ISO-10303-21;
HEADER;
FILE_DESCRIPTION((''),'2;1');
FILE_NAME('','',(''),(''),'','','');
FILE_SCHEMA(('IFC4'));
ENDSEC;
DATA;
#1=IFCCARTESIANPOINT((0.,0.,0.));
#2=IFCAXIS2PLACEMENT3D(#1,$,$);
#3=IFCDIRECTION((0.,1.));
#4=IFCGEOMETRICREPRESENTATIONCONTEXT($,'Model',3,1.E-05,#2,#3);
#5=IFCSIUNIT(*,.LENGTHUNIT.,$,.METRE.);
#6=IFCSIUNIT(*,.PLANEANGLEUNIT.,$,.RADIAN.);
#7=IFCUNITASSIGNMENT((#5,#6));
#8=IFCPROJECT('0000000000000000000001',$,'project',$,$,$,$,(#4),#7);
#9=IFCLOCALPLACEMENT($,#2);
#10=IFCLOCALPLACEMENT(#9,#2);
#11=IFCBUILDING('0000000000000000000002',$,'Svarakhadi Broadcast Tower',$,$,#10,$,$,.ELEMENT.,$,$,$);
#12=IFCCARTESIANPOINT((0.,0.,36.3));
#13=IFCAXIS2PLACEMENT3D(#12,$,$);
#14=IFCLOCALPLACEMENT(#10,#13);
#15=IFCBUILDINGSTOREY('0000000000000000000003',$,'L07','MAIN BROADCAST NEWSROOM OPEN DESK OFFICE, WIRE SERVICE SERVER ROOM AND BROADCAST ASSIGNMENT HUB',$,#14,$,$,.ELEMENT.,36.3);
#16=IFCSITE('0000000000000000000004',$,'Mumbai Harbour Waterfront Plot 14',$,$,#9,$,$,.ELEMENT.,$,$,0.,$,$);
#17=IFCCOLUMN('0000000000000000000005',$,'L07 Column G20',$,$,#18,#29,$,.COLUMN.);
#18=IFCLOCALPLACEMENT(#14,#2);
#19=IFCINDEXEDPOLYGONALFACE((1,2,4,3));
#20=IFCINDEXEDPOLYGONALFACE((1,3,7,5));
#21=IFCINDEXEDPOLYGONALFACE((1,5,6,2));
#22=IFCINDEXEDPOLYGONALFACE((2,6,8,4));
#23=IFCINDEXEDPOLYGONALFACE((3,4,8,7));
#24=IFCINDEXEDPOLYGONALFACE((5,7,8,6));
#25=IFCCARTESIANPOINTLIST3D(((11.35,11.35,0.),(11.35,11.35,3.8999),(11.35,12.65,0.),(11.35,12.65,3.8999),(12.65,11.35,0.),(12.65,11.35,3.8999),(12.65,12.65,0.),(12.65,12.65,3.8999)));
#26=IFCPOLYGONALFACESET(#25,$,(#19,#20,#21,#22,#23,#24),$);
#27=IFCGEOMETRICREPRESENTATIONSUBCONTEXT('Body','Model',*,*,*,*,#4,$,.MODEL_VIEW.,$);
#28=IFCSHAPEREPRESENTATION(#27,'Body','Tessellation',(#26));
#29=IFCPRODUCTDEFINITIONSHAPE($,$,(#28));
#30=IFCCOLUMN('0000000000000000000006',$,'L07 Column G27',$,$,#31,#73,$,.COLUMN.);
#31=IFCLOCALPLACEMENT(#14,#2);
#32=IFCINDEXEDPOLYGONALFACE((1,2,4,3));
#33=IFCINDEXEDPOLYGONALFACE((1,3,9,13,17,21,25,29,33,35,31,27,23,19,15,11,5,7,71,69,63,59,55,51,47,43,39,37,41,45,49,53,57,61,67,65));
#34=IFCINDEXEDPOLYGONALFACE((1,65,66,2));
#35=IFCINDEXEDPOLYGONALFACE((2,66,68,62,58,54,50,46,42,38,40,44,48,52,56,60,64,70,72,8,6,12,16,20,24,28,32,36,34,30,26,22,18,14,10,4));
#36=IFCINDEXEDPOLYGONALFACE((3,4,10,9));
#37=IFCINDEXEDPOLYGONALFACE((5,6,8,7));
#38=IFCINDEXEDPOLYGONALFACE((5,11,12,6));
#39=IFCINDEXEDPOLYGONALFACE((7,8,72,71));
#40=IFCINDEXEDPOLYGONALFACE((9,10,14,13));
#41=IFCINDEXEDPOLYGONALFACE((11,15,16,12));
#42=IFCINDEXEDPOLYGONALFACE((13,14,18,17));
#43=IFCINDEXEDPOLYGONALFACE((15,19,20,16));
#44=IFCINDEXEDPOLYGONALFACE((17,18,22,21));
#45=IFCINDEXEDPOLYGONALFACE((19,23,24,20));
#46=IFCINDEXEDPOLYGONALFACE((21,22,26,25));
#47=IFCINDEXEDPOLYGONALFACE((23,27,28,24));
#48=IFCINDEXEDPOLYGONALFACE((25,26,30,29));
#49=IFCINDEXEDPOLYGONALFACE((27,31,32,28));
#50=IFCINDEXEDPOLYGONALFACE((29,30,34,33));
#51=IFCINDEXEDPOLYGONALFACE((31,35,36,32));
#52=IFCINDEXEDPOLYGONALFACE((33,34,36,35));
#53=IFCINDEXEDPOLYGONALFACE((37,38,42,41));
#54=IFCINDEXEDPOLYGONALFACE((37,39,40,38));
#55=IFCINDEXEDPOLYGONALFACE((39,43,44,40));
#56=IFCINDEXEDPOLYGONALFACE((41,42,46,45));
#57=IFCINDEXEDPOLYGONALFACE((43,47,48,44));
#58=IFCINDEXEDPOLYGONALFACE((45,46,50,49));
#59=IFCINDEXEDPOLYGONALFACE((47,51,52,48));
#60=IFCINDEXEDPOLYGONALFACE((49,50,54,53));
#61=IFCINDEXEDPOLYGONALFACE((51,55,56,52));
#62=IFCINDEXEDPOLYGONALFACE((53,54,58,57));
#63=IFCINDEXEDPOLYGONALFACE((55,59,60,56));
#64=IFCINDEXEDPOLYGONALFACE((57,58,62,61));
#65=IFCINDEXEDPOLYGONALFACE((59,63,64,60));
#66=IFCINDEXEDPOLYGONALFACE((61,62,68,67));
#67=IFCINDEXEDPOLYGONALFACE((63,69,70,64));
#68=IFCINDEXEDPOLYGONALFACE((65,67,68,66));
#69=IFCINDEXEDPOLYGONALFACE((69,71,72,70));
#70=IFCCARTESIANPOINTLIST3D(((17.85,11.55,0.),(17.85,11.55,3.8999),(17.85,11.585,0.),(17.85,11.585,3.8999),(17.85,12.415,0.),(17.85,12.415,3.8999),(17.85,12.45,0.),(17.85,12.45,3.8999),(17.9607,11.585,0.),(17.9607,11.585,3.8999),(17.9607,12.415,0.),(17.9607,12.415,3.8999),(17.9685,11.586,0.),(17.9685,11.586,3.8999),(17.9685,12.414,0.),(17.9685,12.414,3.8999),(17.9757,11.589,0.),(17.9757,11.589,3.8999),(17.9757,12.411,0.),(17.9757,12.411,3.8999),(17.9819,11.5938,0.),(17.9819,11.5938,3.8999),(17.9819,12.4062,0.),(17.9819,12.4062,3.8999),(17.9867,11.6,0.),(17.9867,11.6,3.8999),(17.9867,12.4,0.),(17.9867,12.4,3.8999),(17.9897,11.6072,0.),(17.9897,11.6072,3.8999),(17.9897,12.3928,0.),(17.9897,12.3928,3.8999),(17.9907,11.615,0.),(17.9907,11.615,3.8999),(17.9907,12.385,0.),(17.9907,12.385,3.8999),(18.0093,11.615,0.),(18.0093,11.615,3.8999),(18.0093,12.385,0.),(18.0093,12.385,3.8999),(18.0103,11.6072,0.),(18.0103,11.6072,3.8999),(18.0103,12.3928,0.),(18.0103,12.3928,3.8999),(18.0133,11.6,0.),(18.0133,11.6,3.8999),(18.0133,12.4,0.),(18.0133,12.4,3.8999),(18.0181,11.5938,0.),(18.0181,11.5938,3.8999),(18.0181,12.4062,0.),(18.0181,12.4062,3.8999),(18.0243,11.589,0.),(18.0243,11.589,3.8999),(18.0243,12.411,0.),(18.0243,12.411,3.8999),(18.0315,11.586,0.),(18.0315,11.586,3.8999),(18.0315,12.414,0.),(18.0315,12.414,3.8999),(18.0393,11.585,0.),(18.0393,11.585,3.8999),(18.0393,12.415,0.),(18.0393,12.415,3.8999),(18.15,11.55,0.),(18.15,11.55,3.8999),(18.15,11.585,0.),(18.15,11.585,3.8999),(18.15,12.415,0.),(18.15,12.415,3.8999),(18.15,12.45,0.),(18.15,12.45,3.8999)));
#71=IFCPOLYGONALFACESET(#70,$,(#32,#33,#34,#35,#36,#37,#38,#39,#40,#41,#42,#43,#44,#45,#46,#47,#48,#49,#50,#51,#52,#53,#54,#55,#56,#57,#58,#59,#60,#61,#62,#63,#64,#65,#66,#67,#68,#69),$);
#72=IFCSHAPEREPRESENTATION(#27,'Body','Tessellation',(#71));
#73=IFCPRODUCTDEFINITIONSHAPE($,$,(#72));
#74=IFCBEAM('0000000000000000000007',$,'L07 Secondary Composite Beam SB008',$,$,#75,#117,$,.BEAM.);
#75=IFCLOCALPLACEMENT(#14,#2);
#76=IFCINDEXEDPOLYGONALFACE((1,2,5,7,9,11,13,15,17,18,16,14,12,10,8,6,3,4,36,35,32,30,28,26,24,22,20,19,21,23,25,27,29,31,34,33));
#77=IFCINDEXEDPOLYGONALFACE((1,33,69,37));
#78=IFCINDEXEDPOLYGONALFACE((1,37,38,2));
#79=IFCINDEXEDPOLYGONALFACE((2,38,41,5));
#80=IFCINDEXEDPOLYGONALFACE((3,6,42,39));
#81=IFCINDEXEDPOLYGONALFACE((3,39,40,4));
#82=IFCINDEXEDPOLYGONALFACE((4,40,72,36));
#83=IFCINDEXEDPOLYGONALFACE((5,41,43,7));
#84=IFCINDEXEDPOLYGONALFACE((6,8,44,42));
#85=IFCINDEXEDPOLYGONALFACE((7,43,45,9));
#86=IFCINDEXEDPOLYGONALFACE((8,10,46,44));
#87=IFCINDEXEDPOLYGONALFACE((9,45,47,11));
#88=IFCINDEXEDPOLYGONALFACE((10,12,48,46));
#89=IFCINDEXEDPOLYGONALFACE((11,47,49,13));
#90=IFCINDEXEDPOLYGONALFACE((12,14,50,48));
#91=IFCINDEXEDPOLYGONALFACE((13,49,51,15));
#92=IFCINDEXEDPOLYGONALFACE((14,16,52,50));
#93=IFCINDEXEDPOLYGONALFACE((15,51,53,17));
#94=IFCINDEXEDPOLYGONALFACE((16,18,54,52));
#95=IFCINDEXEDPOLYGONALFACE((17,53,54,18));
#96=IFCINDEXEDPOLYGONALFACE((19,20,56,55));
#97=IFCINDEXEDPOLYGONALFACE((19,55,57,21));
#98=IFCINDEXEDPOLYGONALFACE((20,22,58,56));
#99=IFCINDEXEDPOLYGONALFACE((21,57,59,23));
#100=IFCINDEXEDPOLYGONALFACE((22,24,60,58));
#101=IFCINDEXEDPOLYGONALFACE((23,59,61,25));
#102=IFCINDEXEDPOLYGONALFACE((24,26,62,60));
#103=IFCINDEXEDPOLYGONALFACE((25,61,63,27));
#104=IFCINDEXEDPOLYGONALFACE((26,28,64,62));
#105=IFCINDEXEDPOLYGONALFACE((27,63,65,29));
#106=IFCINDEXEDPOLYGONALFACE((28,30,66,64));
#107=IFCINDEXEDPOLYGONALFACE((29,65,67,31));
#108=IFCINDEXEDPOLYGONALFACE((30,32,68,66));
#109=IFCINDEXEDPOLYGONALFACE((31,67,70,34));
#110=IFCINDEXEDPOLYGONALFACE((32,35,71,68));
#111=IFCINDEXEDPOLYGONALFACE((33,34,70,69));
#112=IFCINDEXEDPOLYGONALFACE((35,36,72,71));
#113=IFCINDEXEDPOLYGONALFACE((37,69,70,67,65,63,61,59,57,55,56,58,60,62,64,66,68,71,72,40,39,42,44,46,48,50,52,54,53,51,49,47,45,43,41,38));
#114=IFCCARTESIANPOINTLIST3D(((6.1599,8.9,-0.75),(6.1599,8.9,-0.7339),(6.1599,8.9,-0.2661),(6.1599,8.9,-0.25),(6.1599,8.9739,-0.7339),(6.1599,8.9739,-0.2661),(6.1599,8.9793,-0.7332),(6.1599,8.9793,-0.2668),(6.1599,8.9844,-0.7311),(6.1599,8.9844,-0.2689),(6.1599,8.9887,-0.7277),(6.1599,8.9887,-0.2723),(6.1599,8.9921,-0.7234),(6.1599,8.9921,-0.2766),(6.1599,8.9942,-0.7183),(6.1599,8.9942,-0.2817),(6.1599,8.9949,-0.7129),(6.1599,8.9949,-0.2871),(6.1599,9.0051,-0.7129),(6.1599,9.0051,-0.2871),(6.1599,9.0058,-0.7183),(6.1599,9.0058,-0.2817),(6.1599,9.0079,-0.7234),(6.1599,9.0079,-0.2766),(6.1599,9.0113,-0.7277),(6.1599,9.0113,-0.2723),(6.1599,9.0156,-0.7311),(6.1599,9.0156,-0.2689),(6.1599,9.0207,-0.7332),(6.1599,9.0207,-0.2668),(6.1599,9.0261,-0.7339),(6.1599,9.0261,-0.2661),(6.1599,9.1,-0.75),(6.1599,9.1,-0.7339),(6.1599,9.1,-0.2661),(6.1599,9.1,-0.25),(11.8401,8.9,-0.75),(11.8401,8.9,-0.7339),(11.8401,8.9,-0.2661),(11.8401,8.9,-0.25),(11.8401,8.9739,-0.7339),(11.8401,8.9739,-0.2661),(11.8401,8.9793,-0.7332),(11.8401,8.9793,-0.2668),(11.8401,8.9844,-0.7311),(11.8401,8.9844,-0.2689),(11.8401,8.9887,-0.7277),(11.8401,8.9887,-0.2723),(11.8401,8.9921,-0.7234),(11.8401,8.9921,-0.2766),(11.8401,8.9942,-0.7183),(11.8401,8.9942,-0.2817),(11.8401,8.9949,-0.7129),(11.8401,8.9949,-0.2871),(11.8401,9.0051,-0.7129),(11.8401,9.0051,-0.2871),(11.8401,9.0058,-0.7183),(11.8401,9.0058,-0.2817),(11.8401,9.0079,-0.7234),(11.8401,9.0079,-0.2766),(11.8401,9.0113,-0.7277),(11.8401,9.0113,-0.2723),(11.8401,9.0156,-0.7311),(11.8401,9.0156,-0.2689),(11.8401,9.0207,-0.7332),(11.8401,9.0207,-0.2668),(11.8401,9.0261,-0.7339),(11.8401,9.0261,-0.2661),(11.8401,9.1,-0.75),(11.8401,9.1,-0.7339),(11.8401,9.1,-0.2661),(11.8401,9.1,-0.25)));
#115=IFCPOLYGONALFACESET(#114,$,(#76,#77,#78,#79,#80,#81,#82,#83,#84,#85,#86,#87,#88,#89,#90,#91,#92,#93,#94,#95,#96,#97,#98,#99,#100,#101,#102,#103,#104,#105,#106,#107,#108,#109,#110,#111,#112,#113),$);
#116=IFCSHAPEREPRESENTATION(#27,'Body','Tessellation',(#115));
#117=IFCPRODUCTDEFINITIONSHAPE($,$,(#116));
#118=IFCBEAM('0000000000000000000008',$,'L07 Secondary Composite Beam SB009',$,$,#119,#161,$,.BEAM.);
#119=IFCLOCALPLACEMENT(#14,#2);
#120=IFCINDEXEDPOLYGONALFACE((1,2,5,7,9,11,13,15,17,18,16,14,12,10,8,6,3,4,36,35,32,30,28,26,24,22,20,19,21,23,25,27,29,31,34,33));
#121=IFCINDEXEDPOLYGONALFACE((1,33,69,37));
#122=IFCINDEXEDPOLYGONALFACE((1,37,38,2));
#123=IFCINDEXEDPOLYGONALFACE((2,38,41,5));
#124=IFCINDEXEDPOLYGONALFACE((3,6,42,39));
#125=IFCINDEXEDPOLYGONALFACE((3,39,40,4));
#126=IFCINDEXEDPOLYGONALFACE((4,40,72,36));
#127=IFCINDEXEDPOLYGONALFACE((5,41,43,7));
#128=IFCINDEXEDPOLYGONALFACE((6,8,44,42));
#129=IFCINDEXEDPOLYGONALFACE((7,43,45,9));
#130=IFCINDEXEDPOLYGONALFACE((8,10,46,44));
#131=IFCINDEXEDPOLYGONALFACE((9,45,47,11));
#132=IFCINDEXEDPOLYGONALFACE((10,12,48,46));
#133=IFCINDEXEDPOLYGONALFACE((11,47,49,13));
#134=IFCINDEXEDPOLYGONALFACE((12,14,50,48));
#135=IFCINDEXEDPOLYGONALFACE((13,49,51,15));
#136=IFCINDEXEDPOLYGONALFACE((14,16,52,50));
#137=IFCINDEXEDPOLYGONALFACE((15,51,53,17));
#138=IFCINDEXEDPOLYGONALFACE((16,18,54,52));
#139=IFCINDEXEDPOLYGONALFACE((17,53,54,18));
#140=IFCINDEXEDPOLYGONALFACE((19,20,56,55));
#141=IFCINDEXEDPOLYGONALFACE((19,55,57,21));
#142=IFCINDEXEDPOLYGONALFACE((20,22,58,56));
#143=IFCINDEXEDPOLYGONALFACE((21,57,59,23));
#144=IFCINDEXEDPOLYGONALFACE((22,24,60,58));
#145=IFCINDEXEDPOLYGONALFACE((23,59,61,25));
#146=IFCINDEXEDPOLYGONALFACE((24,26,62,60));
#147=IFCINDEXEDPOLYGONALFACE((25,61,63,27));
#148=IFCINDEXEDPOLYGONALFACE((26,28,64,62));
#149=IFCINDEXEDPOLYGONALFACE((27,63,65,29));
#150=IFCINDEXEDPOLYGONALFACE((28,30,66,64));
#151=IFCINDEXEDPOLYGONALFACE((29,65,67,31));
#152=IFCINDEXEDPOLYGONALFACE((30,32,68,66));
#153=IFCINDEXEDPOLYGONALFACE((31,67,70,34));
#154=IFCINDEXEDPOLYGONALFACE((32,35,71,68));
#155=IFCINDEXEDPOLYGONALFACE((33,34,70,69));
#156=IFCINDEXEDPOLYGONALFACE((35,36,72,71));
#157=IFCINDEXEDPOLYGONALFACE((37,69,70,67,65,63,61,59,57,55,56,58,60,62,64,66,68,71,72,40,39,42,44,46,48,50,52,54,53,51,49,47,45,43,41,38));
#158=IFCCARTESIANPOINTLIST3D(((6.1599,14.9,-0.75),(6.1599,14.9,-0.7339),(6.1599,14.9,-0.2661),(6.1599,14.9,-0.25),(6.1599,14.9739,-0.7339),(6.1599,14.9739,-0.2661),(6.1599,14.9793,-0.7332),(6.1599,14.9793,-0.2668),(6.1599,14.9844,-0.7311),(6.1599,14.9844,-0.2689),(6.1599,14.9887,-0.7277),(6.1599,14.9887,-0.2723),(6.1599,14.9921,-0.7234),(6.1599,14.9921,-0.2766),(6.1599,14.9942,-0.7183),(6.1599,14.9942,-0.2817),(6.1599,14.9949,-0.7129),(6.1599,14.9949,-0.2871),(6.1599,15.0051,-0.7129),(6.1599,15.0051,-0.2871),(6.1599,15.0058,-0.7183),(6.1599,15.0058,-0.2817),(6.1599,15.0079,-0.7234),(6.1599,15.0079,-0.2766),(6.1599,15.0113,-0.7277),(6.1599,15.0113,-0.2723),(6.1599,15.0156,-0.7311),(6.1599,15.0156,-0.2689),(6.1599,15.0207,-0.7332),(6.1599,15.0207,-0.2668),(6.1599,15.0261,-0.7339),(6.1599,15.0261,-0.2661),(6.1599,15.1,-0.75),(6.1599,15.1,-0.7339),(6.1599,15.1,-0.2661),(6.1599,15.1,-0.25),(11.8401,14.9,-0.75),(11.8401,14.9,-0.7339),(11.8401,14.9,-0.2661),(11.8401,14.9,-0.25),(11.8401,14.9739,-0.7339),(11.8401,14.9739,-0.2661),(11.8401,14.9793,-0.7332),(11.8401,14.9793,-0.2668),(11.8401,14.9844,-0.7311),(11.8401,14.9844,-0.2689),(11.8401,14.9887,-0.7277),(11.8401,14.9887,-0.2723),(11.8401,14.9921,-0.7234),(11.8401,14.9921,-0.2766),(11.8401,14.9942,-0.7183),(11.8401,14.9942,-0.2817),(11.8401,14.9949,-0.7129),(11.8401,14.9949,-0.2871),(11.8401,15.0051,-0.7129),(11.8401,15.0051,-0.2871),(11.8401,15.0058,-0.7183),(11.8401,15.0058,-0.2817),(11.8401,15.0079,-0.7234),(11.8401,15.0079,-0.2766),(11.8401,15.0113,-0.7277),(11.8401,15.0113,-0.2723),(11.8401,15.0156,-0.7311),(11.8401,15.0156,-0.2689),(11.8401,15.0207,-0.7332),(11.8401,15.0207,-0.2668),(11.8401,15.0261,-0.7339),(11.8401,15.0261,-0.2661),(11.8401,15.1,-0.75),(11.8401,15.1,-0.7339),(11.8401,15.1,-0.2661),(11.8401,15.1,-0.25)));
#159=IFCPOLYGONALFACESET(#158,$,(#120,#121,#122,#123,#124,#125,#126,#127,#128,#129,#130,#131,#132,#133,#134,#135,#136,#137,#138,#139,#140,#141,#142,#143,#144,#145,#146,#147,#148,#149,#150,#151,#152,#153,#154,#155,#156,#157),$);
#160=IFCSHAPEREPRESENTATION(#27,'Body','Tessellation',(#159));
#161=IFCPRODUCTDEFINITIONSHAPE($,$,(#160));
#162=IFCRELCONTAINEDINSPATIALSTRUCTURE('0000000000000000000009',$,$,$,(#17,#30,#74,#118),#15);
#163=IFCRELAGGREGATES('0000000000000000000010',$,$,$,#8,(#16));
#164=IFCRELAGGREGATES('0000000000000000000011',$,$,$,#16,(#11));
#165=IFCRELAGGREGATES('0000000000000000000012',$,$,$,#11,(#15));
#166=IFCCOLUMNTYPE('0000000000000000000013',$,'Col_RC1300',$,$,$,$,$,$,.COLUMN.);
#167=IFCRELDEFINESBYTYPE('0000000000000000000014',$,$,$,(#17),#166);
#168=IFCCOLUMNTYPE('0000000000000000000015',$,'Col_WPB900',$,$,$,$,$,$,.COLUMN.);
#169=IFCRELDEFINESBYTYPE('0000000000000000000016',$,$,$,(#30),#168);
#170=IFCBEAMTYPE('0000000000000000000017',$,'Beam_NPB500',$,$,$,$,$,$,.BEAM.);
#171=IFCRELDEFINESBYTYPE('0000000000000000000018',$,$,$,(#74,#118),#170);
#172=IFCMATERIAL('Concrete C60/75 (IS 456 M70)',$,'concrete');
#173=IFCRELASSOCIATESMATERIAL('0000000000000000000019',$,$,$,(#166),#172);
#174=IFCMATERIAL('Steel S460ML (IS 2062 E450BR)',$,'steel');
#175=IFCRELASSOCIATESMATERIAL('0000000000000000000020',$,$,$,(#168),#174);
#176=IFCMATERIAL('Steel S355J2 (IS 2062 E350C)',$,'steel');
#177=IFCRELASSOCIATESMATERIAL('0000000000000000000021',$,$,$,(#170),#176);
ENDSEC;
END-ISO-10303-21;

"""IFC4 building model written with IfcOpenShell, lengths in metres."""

from ifc_helpers import new_model, si_unit, direction, frame, origin, origin_2d, place, context, subcontext, project, spatial, rectangle, i_section, extrude, material, material_profile, profile_set, type_object, element, save


model = new_model("IFC4")

# Units and contexts
model_context = context("Model", 3, precision=1e-05, world=origin(), true_north=direction((0.0, 1.0)))
body_context = subcontext(model_context, "Body", "Model", "MODEL_VIEW")
ifc_project = project(units=[si_unit("LENGTHUNIT", "METRE"), si_unit("PLANEANGLEUNIT", "RADIAN")], contexts=[model_context])

# Site, building, storey
site_placement = place(None, origin())
site = spatial("IfcSite", under=ifc_project, at=site_placement, Name="Mumbai Harbour Waterfront Plot 14", CompositionType="ELEMENT", RefElevation=0.0)
building_placement = place(site_placement, origin())
building = spatial("IfcBuilding", under=site, at=building_placement, Name="Svarakhadi Broadcast Tower", CompositionType="ELEMENT")
storey_placement = place(building_placement, frame((0.0, 0.0, 36.3)))
storey = spatial("IfcBuildingStorey", under=building, at=storey_placement, Name="L07", Description="MAIN BROADCAST NEWSROOM OPEN DESK OFFICE, WIRE SERVICE SERVER ROOM AND BROADCAST ASSIGNMENT HUB", CompositionType="ELEMENT", Elevation=36.3)

# Columns
ifc_material_1 = material(Name="Concrete C60/75 (IS 456 M70)", Category="concrete")
ifc_material_profile_1 = material_profile(ifc_material_1, rectangle(XDim=1.3, YDim=1.3, at=origin_2d()), Name="RC 1300x1300")
ifc_profile_set_1 = profile_set([ifc_material_profile_1], Name="Concrete C60/75 (IS 456 M70)")
column_type_1 = type_object("IfcColumnType", Name="Col_RC1300", PredefinedType="COLUMN", material=ifc_profile_set_1)
column_1_placement = place(storey_placement, frame((12.0, 12.0, 0.0), z_axis=(0.0, 0.0, 1.0), x_axis=(1.0, 0.0, 0.0)))
element("IfcColumn", 1, at=column_1_placement, inside=storey, type_object=column_type_1, Name="L07 Column G20", PredefinedType="COLUMN", context=body_context, shape_type="SweptSolid", body=[
    extrude(rectangle(XDim=1.3, YDim=1.3, at=origin_2d()), origin(), (0.0, 0.0, 1.0), 3.8999),
])
ifc_material_2 = material(Name="Steel S460ML (IS 2062 E450BR)", Category="steel")
ifc_material_profile_2 = material_profile(ifc_material_2, i_section(OverallWidth=0.3, OverallDepth=0.8999, WebThickness=0.0186, FlangeThickness=0.0349, FilletRadius=0.03, at=origin_2d()), Name="WPB 900x300x291")
ifc_profile_set_2 = profile_set([ifc_material_profile_2], Name="Steel S460ML (IS 2062 E450BR)")
column_type_2 = type_object("IfcColumnType", Name="Col_WPB900", PredefinedType="COLUMN", material=ifc_profile_set_2)
column_2_placement = place(storey_placement, frame((18.0, 12.0, 0.0), z_axis=(0.0, 0.0, 1.0), x_axis=(1.0, 0.0, 0.0)))
element("IfcColumn", 2, at=column_2_placement, inside=storey, type_object=column_type_2, Name="L07 Column G27", PredefinedType="COLUMN", context=body_context, shape_type="SweptSolid", body=[
    extrude(i_section(OverallWidth=0.3, OverallDepth=0.8999, WebThickness=0.0186, FlangeThickness=0.0349, FilletRadius=0.03, at=origin_2d()), origin(), (0.0, 0.0, 1.0), 3.8999),
])

# Beams
ifc_material_3 = material(Name="Steel S355J2 (IS 2062 E350C)", Category="steel")
ifc_material_profile_3 = material_profile(ifc_material_3, i_section(OverallWidth=0.2, OverallDepth=0.5, WebThickness=0.0103, FlangeThickness=0.0161, FilletRadius=0.021, at=origin_2d()), Name="NPB 500x200x91")
ifc_profile_set_3 = profile_set([ifc_material_profile_3], Name="Steel S355J2 (IS 2062 E350C)")
beam_type_1 = type_object("IfcBeamType", Name="Beam_NPB500", PredefinedType="BEAM", material=ifc_profile_set_3)
for number, where, z_axis, x_axis, name in (
    (3, (6.1599, 9.0, -0.5), (1.0, 0.0, 0.0), (0.0, 1.0, 0.0), "L07 Secondary Composite Beam SB008"),
    (4, (6.1599, 15.0, -0.5), (1.0, 0.0, 0.0), (0.0, 1.0, 0.0), "L07 Secondary Composite Beam SB009"),
):
    element("IfcBeam", number, at=place(storey_placement, frame(where, z_axis=z_axis, x_axis=x_axis)), inside=storey, type_object=beam_type_1, Name=name, PredefinedType="BEAM", context=body_context, shape_type="SweptSolid", body=[
        extrude(i_section(OverallWidth=0.2, OverallDepth=0.5, WebThickness=0.0103, FlangeThickness=0.0161, FilletRadius=0.021, at=origin_2d()), origin(), (0.0, 0.0, 1.0), 5.6802),
    ])

save(model, "model.ifc")
